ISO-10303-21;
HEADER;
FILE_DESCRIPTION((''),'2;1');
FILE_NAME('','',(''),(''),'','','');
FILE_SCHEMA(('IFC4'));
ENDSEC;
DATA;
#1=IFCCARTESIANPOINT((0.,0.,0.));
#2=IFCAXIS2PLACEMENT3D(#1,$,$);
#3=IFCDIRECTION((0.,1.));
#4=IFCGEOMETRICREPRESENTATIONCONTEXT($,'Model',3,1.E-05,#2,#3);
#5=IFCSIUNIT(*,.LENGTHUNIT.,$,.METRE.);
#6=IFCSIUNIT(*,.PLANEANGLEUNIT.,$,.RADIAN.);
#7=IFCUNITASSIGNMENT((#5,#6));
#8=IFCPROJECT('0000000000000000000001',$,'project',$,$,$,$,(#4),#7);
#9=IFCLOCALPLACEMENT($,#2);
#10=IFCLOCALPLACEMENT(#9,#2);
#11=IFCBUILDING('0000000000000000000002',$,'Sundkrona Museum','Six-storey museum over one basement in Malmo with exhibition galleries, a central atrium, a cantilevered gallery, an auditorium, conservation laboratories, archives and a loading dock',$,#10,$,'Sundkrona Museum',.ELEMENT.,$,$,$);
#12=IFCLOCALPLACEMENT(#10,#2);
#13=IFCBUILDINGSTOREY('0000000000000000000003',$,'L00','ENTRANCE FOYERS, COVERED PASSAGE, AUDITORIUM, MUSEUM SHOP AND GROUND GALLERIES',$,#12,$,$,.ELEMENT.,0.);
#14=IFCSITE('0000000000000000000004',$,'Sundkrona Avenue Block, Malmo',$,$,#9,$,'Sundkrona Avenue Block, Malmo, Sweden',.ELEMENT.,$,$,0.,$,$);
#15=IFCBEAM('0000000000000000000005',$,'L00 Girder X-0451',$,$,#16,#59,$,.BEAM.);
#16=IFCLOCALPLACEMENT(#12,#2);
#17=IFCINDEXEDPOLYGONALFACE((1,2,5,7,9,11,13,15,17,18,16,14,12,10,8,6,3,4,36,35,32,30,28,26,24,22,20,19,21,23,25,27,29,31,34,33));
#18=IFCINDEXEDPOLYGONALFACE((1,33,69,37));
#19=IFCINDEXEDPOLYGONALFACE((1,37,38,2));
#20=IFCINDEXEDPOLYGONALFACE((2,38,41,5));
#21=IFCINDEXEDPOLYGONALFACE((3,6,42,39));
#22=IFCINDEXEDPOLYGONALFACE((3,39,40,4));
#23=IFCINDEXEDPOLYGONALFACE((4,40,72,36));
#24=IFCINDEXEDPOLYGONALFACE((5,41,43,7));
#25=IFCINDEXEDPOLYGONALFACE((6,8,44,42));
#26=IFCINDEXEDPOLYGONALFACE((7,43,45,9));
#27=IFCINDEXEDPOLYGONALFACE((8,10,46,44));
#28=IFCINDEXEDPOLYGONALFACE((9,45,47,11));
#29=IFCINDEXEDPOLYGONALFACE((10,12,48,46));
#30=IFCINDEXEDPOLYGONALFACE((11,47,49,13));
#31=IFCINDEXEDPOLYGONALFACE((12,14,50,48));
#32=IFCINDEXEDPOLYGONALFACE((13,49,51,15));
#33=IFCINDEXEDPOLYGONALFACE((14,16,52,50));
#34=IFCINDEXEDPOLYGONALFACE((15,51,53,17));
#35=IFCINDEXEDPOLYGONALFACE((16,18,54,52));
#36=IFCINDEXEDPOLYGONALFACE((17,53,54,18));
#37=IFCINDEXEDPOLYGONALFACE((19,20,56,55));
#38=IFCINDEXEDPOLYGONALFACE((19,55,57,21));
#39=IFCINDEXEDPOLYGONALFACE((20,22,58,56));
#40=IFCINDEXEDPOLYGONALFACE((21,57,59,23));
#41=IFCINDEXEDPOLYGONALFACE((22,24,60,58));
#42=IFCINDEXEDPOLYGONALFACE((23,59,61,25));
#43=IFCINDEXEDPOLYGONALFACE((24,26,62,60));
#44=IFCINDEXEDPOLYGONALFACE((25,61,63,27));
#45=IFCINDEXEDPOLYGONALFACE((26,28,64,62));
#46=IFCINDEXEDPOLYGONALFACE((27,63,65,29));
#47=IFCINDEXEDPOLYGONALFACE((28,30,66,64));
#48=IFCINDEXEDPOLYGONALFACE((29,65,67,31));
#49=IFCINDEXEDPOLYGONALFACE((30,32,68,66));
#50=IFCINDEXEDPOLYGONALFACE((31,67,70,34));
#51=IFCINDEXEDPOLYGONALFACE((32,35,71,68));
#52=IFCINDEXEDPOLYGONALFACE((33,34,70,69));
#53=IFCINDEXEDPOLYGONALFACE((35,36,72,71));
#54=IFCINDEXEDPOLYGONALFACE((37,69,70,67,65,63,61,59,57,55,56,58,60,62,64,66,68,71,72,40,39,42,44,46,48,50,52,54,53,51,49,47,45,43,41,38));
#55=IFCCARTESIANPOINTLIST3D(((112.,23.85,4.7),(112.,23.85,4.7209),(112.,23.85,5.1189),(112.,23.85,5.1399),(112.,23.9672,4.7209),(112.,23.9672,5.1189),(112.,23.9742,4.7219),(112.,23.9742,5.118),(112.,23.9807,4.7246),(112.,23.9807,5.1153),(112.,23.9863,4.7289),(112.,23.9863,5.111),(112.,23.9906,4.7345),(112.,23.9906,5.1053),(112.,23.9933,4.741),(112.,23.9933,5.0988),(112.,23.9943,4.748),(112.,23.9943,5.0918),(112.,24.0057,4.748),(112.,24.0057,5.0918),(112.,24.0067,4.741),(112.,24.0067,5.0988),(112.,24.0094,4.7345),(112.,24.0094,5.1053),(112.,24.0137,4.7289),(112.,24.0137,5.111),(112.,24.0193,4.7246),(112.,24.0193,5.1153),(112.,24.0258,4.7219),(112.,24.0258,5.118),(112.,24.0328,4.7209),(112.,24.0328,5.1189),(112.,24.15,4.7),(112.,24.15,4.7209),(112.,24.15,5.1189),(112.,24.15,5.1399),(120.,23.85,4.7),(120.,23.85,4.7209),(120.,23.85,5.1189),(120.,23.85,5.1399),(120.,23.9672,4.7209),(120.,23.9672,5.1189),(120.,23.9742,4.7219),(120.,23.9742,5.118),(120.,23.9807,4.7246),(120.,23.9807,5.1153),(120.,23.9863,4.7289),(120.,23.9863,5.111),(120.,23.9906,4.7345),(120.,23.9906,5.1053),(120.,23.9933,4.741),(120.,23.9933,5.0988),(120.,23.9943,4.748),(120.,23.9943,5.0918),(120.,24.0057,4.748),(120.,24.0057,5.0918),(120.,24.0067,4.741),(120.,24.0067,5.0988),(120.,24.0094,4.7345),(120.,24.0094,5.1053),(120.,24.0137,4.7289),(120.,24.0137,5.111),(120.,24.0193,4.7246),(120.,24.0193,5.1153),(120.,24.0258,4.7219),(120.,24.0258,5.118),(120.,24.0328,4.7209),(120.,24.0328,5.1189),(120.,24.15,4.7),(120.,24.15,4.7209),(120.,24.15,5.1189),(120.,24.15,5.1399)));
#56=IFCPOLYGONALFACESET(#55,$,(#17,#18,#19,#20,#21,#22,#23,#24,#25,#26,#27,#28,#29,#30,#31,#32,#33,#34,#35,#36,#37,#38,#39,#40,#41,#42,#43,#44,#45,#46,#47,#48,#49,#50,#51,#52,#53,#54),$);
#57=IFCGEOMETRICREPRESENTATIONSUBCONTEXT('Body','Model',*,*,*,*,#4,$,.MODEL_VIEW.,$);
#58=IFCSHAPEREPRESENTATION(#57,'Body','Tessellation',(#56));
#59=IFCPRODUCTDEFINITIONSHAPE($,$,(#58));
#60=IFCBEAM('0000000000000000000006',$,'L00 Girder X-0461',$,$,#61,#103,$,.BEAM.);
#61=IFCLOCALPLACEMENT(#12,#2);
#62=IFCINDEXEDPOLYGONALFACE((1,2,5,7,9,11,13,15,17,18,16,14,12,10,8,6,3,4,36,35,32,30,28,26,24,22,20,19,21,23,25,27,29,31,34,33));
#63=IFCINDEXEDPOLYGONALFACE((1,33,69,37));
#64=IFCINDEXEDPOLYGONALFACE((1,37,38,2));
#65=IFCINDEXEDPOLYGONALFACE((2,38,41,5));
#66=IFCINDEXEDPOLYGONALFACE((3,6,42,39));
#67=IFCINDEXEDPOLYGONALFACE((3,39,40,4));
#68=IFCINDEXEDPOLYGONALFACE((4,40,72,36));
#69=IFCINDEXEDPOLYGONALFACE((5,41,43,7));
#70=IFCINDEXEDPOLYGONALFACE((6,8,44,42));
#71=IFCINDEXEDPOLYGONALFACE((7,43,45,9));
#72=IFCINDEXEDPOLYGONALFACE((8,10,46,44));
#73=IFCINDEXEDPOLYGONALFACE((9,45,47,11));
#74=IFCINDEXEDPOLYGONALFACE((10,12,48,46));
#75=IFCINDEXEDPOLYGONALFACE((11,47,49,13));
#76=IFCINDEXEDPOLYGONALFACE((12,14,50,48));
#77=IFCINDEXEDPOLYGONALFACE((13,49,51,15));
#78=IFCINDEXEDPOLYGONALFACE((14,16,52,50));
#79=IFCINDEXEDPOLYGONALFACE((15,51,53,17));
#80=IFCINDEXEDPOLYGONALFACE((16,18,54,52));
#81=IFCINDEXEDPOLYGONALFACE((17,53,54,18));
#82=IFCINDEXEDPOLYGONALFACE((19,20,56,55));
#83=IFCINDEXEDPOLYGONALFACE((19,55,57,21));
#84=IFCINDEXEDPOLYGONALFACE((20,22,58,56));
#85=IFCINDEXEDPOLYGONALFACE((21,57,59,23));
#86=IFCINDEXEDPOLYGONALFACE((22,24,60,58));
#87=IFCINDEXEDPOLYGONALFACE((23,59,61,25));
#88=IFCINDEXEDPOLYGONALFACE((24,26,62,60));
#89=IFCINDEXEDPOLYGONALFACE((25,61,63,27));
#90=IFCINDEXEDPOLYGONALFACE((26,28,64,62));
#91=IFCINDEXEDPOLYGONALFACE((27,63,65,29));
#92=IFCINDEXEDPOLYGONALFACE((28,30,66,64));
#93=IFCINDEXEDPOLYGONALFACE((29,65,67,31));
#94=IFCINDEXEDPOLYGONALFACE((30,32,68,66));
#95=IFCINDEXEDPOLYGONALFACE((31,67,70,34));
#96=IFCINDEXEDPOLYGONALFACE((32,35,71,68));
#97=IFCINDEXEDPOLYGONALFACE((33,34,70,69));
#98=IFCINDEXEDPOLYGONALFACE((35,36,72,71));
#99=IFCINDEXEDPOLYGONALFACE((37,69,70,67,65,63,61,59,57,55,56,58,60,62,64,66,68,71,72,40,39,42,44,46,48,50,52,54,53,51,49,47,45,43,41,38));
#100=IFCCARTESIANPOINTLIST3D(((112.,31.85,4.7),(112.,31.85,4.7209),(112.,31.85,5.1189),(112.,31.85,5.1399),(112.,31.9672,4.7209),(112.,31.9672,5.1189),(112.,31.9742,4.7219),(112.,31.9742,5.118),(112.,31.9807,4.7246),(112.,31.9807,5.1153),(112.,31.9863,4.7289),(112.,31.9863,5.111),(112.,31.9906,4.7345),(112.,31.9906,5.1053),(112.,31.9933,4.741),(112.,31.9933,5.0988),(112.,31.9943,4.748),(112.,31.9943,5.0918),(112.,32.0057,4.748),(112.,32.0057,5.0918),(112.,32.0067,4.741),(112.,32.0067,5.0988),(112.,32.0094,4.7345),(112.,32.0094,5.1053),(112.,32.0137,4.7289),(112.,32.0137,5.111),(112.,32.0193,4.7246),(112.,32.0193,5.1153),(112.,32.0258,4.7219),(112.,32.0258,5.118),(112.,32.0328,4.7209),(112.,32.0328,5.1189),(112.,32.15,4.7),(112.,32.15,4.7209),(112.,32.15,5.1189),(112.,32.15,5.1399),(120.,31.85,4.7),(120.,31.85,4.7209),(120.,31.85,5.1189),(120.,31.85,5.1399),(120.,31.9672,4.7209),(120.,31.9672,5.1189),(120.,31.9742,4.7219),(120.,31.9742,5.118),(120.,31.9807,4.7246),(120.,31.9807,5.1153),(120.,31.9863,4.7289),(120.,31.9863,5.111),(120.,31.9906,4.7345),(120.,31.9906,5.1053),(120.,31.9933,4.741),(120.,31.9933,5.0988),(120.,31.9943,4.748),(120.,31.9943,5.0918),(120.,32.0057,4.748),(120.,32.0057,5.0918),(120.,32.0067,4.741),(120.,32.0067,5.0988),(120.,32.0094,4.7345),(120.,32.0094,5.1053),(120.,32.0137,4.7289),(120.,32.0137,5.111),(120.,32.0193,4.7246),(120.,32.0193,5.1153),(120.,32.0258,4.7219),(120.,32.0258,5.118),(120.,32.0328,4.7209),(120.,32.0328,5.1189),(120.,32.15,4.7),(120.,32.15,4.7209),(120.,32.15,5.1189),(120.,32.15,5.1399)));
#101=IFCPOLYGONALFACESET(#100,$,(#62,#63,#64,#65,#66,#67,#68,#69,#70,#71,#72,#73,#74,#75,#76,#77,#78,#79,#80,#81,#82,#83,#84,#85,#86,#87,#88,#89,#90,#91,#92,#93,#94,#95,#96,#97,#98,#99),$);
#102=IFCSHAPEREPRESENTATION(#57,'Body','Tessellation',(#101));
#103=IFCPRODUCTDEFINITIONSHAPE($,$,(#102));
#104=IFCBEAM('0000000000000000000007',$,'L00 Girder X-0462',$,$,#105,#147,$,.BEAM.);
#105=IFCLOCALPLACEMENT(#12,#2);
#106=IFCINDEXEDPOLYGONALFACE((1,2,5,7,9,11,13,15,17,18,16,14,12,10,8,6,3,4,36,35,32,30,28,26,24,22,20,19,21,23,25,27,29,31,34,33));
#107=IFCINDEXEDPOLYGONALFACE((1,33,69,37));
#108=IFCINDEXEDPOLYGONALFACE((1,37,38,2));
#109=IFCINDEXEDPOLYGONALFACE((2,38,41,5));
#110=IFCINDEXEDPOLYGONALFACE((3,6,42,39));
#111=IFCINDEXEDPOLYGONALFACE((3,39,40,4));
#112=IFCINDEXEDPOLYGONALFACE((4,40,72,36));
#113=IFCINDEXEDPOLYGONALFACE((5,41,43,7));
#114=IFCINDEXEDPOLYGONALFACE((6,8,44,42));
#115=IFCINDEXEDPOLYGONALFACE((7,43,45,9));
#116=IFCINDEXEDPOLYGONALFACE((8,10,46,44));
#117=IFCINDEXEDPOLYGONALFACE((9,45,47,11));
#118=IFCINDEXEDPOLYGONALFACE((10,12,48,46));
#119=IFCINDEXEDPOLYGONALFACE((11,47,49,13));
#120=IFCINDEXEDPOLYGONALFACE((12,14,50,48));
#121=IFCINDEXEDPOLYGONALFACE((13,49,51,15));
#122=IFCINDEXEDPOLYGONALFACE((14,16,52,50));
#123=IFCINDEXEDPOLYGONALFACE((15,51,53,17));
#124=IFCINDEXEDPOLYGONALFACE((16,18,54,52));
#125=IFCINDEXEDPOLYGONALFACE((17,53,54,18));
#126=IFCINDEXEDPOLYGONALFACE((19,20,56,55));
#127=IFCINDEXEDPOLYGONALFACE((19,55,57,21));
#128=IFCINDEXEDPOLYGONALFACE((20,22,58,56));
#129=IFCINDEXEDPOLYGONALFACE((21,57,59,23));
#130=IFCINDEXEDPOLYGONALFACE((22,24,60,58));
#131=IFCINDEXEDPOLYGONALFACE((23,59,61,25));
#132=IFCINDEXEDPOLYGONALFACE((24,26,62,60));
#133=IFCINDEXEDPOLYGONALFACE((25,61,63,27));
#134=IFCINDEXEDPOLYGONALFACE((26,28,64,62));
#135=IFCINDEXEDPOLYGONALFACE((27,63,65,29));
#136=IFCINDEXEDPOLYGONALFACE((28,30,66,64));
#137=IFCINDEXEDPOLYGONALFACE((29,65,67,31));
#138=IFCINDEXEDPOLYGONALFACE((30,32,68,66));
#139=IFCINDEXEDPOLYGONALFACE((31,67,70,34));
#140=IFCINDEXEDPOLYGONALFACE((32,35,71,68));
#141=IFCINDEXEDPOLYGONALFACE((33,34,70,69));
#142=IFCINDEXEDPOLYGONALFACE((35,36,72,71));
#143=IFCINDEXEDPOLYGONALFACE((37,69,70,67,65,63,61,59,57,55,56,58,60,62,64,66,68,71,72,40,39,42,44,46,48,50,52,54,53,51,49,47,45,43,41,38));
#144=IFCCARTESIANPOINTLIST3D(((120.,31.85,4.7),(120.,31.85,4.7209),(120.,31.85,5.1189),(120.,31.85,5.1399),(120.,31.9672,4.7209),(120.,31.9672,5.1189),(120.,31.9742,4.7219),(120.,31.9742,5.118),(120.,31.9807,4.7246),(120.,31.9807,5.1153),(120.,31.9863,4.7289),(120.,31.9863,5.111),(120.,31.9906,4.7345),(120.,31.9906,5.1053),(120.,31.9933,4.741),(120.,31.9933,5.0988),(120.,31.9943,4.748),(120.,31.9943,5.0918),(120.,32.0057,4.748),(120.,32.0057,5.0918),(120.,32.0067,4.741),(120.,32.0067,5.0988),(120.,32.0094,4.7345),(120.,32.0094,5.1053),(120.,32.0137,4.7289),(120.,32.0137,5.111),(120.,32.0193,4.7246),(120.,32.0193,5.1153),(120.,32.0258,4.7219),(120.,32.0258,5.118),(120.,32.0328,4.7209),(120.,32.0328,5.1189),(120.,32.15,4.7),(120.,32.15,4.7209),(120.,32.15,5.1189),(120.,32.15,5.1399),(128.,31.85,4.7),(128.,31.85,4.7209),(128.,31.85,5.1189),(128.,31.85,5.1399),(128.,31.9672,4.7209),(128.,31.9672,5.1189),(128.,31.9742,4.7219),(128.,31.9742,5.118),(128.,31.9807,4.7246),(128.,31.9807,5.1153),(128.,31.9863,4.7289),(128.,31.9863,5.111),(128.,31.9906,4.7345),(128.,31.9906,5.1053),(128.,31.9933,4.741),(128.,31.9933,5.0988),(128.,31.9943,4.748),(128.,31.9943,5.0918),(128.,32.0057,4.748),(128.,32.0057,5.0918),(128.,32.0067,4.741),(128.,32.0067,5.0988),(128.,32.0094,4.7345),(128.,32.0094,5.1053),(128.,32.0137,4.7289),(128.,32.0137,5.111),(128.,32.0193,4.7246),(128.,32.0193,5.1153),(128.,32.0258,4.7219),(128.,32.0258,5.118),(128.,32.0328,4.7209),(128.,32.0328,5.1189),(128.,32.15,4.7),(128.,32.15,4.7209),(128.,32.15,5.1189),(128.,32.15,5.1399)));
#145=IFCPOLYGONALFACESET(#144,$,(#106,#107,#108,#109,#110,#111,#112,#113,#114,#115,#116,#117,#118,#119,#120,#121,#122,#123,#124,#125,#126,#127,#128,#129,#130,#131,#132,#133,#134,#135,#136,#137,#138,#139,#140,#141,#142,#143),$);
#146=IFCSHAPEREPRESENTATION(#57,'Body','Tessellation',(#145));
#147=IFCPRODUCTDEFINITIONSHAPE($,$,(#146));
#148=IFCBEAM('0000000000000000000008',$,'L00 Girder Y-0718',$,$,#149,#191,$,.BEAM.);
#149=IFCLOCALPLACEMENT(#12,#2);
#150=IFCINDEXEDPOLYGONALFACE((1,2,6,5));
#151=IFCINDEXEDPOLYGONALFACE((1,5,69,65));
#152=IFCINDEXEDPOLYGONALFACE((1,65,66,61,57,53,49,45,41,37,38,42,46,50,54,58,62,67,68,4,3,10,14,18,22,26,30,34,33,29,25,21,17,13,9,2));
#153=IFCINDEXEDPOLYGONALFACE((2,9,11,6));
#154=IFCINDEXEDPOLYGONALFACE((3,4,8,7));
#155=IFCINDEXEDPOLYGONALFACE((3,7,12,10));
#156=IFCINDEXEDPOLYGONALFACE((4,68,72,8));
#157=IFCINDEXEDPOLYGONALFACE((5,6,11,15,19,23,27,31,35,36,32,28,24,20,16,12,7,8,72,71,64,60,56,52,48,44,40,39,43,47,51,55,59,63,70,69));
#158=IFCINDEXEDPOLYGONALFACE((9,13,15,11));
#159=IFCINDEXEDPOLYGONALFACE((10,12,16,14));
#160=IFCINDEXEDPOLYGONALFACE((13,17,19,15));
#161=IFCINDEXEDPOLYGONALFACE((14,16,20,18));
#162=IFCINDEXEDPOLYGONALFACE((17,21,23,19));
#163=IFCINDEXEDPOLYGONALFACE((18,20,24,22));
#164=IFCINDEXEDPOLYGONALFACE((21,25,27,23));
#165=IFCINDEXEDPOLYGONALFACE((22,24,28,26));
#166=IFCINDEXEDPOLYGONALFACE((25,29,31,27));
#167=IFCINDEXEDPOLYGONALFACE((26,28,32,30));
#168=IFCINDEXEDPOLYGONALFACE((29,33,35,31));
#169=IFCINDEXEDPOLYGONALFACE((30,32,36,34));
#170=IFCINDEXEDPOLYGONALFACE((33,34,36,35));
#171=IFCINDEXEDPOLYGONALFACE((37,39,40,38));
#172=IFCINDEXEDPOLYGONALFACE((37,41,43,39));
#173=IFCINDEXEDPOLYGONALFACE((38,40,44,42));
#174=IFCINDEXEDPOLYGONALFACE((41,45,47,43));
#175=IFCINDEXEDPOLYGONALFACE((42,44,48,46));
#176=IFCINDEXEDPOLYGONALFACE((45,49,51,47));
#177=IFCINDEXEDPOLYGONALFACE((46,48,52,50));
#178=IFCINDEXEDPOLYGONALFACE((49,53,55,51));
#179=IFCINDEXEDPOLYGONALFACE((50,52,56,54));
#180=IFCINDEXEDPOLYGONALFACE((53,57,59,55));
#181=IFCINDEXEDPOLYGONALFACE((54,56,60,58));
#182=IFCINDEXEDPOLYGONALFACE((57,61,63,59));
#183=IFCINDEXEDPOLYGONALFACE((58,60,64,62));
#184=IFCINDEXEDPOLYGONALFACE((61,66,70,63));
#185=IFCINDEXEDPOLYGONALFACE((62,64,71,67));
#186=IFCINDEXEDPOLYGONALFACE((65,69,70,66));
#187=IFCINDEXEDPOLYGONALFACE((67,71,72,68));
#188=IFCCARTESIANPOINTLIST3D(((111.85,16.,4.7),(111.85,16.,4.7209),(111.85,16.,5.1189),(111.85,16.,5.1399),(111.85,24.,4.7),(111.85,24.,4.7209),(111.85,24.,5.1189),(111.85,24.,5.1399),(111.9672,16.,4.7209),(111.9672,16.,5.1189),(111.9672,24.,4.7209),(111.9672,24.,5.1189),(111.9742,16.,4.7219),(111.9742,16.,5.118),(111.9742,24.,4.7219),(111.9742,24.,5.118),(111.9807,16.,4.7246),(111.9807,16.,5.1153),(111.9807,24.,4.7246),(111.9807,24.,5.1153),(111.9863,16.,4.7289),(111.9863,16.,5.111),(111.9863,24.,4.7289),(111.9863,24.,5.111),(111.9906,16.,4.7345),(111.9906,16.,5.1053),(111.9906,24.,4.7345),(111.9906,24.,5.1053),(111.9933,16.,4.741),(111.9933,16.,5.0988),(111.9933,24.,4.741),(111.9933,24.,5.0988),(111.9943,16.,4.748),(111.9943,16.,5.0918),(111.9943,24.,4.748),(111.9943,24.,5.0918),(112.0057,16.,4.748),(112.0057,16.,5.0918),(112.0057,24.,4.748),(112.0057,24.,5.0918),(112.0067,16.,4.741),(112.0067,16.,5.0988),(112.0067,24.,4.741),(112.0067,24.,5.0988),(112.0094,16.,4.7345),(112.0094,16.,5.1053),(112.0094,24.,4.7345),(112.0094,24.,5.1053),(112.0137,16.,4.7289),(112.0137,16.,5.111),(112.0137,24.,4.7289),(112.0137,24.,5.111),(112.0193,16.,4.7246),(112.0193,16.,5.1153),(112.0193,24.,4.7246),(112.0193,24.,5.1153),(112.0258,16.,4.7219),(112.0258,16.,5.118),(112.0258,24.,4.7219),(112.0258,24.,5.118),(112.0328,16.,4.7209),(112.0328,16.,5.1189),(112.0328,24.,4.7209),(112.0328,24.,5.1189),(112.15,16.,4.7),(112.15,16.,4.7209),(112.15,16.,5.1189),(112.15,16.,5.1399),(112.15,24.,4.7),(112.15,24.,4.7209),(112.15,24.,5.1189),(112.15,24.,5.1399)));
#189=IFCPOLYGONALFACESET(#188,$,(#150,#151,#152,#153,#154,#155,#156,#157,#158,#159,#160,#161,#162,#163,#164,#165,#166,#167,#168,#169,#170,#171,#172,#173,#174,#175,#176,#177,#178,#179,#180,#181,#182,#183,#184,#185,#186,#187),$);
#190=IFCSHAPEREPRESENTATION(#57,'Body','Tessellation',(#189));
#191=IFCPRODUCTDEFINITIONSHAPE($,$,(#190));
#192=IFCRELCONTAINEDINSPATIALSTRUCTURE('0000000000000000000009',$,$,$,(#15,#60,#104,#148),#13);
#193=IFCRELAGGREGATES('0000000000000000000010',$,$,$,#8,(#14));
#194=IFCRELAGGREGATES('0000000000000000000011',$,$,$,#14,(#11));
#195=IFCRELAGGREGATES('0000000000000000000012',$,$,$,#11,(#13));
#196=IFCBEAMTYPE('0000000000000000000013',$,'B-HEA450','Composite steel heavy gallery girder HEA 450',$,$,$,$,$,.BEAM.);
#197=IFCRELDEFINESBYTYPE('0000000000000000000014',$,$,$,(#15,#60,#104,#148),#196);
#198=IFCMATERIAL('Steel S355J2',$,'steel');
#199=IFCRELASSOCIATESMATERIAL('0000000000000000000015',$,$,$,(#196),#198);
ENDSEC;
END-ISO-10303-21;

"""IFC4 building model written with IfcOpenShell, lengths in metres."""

from ifc_helpers import new_model, si_unit, direction, frame, origin, origin_2d, place, context, subcontext, project, spatial, i_section, extrude, material, material_profile, profile_set, type_object, element, save


model = new_model("IFC4")

# Units and contexts
model_context = context("Model", 3, precision=1e-05, world=origin(), true_north=direction((0.0, 1.0)))
body_context = subcontext(model_context, "Body", "Model", "MODEL_VIEW")
ifc_project = project(units=[si_unit("LENGTHUNIT", "METRE"), si_unit("PLANEANGLEUNIT", "RADIAN")], contexts=[model_context])

# Site, building, storey
site_placement = place(None, origin())
site = spatial("IfcSite", under=ifc_project, at=site_placement, Name="Sundkrona Avenue Block, Malmo", LongName="Sundkrona Avenue Block, Malmo, Sweden", CompositionType="ELEMENT", RefElevation=0.0)
building_placement = place(site_placement, origin())
building = spatial("IfcBuilding", under=site, at=building_placement, Name="Sundkrona Museum", Description="Six-storey museum over one basement in Malmo with exhibition galleries, a central atrium, a cantilevered gallery, an auditorium, conservation laboratories, archives and a loading dock", LongName="Sundkrona Museum", CompositionType="ELEMENT")
storey_placement = place(building_placement, origin())
storey = spatial("IfcBuildingStorey", under=building, at=storey_placement, Name="L00", Description="ENTRANCE FOYERS, COVERED PASSAGE, AUDITORIUM, MUSEUM SHOP AND GROUND GALLERIES", CompositionType="ELEMENT", Elevation=0.0)

# Shared definitions
ifc_material_1 = material(Name="Steel S355J2", Category="steel")

# Beams
ifc_material_profile_1 = material_profile(ifc_material_1, i_section(OverallWidth=0.3, OverallDepth=0.4399, WebThickness=0.0115, FlangeThickness=0.021, FilletRadius=0.0271, at=origin_2d()), Name="HEA 450")
ifc_profile_set_1 = profile_set([ifc_material_profile_1], Name="Steel S355J2")
beam_type_1 = type_object("IfcBeamType", Name="B-HEA450", Description="Composite steel heavy gallery girder HEA 450", PredefinedType="BEAM", material=ifc_profile_set_1)
for number, where, z_axis, x_axis, name in (
    (1, (112.0, 24.0, 4.9199), (1.0, 0.0, 0.0), (0.0, 1.0, 0.0), "L00 Girder X-0451"),
    (2, (112.0, 32.0, 4.9199), (1.0, 0.0, 0.0), (0.0, 1.0, 0.0), "L00 Girder X-0461"),
    (3, (120.0, 32.0, 4.9199), (1.0, 0.0, 0.0), (0.0, 1.0, 0.0), "L00 Girder X-0462"),
    (4, (112.0, 16.0, 4.9199), (0.0, 1.0, 0.0), (-1.0, 0.0, 0.0), "L00 Girder Y-0718"),
):
    element("IfcBeam", number, at=place(storey_placement, frame(where, z_axis=z_axis, x_axis=x_axis)), inside=storey, type_object=beam_type_1, Name=name, PredefinedType="BEAM", context=body_context, shape_type="SweptSolid", body=[
        extrude(i_section(OverallWidth=0.3, OverallDepth=0.4399, WebThickness=0.0115, FlangeThickness=0.021, FilletRadius=0.0271, at=origin_2d()), origin(), (0.0, 0.0, 1.0), 8.0),
    ])

save(model, "model.ifc")
